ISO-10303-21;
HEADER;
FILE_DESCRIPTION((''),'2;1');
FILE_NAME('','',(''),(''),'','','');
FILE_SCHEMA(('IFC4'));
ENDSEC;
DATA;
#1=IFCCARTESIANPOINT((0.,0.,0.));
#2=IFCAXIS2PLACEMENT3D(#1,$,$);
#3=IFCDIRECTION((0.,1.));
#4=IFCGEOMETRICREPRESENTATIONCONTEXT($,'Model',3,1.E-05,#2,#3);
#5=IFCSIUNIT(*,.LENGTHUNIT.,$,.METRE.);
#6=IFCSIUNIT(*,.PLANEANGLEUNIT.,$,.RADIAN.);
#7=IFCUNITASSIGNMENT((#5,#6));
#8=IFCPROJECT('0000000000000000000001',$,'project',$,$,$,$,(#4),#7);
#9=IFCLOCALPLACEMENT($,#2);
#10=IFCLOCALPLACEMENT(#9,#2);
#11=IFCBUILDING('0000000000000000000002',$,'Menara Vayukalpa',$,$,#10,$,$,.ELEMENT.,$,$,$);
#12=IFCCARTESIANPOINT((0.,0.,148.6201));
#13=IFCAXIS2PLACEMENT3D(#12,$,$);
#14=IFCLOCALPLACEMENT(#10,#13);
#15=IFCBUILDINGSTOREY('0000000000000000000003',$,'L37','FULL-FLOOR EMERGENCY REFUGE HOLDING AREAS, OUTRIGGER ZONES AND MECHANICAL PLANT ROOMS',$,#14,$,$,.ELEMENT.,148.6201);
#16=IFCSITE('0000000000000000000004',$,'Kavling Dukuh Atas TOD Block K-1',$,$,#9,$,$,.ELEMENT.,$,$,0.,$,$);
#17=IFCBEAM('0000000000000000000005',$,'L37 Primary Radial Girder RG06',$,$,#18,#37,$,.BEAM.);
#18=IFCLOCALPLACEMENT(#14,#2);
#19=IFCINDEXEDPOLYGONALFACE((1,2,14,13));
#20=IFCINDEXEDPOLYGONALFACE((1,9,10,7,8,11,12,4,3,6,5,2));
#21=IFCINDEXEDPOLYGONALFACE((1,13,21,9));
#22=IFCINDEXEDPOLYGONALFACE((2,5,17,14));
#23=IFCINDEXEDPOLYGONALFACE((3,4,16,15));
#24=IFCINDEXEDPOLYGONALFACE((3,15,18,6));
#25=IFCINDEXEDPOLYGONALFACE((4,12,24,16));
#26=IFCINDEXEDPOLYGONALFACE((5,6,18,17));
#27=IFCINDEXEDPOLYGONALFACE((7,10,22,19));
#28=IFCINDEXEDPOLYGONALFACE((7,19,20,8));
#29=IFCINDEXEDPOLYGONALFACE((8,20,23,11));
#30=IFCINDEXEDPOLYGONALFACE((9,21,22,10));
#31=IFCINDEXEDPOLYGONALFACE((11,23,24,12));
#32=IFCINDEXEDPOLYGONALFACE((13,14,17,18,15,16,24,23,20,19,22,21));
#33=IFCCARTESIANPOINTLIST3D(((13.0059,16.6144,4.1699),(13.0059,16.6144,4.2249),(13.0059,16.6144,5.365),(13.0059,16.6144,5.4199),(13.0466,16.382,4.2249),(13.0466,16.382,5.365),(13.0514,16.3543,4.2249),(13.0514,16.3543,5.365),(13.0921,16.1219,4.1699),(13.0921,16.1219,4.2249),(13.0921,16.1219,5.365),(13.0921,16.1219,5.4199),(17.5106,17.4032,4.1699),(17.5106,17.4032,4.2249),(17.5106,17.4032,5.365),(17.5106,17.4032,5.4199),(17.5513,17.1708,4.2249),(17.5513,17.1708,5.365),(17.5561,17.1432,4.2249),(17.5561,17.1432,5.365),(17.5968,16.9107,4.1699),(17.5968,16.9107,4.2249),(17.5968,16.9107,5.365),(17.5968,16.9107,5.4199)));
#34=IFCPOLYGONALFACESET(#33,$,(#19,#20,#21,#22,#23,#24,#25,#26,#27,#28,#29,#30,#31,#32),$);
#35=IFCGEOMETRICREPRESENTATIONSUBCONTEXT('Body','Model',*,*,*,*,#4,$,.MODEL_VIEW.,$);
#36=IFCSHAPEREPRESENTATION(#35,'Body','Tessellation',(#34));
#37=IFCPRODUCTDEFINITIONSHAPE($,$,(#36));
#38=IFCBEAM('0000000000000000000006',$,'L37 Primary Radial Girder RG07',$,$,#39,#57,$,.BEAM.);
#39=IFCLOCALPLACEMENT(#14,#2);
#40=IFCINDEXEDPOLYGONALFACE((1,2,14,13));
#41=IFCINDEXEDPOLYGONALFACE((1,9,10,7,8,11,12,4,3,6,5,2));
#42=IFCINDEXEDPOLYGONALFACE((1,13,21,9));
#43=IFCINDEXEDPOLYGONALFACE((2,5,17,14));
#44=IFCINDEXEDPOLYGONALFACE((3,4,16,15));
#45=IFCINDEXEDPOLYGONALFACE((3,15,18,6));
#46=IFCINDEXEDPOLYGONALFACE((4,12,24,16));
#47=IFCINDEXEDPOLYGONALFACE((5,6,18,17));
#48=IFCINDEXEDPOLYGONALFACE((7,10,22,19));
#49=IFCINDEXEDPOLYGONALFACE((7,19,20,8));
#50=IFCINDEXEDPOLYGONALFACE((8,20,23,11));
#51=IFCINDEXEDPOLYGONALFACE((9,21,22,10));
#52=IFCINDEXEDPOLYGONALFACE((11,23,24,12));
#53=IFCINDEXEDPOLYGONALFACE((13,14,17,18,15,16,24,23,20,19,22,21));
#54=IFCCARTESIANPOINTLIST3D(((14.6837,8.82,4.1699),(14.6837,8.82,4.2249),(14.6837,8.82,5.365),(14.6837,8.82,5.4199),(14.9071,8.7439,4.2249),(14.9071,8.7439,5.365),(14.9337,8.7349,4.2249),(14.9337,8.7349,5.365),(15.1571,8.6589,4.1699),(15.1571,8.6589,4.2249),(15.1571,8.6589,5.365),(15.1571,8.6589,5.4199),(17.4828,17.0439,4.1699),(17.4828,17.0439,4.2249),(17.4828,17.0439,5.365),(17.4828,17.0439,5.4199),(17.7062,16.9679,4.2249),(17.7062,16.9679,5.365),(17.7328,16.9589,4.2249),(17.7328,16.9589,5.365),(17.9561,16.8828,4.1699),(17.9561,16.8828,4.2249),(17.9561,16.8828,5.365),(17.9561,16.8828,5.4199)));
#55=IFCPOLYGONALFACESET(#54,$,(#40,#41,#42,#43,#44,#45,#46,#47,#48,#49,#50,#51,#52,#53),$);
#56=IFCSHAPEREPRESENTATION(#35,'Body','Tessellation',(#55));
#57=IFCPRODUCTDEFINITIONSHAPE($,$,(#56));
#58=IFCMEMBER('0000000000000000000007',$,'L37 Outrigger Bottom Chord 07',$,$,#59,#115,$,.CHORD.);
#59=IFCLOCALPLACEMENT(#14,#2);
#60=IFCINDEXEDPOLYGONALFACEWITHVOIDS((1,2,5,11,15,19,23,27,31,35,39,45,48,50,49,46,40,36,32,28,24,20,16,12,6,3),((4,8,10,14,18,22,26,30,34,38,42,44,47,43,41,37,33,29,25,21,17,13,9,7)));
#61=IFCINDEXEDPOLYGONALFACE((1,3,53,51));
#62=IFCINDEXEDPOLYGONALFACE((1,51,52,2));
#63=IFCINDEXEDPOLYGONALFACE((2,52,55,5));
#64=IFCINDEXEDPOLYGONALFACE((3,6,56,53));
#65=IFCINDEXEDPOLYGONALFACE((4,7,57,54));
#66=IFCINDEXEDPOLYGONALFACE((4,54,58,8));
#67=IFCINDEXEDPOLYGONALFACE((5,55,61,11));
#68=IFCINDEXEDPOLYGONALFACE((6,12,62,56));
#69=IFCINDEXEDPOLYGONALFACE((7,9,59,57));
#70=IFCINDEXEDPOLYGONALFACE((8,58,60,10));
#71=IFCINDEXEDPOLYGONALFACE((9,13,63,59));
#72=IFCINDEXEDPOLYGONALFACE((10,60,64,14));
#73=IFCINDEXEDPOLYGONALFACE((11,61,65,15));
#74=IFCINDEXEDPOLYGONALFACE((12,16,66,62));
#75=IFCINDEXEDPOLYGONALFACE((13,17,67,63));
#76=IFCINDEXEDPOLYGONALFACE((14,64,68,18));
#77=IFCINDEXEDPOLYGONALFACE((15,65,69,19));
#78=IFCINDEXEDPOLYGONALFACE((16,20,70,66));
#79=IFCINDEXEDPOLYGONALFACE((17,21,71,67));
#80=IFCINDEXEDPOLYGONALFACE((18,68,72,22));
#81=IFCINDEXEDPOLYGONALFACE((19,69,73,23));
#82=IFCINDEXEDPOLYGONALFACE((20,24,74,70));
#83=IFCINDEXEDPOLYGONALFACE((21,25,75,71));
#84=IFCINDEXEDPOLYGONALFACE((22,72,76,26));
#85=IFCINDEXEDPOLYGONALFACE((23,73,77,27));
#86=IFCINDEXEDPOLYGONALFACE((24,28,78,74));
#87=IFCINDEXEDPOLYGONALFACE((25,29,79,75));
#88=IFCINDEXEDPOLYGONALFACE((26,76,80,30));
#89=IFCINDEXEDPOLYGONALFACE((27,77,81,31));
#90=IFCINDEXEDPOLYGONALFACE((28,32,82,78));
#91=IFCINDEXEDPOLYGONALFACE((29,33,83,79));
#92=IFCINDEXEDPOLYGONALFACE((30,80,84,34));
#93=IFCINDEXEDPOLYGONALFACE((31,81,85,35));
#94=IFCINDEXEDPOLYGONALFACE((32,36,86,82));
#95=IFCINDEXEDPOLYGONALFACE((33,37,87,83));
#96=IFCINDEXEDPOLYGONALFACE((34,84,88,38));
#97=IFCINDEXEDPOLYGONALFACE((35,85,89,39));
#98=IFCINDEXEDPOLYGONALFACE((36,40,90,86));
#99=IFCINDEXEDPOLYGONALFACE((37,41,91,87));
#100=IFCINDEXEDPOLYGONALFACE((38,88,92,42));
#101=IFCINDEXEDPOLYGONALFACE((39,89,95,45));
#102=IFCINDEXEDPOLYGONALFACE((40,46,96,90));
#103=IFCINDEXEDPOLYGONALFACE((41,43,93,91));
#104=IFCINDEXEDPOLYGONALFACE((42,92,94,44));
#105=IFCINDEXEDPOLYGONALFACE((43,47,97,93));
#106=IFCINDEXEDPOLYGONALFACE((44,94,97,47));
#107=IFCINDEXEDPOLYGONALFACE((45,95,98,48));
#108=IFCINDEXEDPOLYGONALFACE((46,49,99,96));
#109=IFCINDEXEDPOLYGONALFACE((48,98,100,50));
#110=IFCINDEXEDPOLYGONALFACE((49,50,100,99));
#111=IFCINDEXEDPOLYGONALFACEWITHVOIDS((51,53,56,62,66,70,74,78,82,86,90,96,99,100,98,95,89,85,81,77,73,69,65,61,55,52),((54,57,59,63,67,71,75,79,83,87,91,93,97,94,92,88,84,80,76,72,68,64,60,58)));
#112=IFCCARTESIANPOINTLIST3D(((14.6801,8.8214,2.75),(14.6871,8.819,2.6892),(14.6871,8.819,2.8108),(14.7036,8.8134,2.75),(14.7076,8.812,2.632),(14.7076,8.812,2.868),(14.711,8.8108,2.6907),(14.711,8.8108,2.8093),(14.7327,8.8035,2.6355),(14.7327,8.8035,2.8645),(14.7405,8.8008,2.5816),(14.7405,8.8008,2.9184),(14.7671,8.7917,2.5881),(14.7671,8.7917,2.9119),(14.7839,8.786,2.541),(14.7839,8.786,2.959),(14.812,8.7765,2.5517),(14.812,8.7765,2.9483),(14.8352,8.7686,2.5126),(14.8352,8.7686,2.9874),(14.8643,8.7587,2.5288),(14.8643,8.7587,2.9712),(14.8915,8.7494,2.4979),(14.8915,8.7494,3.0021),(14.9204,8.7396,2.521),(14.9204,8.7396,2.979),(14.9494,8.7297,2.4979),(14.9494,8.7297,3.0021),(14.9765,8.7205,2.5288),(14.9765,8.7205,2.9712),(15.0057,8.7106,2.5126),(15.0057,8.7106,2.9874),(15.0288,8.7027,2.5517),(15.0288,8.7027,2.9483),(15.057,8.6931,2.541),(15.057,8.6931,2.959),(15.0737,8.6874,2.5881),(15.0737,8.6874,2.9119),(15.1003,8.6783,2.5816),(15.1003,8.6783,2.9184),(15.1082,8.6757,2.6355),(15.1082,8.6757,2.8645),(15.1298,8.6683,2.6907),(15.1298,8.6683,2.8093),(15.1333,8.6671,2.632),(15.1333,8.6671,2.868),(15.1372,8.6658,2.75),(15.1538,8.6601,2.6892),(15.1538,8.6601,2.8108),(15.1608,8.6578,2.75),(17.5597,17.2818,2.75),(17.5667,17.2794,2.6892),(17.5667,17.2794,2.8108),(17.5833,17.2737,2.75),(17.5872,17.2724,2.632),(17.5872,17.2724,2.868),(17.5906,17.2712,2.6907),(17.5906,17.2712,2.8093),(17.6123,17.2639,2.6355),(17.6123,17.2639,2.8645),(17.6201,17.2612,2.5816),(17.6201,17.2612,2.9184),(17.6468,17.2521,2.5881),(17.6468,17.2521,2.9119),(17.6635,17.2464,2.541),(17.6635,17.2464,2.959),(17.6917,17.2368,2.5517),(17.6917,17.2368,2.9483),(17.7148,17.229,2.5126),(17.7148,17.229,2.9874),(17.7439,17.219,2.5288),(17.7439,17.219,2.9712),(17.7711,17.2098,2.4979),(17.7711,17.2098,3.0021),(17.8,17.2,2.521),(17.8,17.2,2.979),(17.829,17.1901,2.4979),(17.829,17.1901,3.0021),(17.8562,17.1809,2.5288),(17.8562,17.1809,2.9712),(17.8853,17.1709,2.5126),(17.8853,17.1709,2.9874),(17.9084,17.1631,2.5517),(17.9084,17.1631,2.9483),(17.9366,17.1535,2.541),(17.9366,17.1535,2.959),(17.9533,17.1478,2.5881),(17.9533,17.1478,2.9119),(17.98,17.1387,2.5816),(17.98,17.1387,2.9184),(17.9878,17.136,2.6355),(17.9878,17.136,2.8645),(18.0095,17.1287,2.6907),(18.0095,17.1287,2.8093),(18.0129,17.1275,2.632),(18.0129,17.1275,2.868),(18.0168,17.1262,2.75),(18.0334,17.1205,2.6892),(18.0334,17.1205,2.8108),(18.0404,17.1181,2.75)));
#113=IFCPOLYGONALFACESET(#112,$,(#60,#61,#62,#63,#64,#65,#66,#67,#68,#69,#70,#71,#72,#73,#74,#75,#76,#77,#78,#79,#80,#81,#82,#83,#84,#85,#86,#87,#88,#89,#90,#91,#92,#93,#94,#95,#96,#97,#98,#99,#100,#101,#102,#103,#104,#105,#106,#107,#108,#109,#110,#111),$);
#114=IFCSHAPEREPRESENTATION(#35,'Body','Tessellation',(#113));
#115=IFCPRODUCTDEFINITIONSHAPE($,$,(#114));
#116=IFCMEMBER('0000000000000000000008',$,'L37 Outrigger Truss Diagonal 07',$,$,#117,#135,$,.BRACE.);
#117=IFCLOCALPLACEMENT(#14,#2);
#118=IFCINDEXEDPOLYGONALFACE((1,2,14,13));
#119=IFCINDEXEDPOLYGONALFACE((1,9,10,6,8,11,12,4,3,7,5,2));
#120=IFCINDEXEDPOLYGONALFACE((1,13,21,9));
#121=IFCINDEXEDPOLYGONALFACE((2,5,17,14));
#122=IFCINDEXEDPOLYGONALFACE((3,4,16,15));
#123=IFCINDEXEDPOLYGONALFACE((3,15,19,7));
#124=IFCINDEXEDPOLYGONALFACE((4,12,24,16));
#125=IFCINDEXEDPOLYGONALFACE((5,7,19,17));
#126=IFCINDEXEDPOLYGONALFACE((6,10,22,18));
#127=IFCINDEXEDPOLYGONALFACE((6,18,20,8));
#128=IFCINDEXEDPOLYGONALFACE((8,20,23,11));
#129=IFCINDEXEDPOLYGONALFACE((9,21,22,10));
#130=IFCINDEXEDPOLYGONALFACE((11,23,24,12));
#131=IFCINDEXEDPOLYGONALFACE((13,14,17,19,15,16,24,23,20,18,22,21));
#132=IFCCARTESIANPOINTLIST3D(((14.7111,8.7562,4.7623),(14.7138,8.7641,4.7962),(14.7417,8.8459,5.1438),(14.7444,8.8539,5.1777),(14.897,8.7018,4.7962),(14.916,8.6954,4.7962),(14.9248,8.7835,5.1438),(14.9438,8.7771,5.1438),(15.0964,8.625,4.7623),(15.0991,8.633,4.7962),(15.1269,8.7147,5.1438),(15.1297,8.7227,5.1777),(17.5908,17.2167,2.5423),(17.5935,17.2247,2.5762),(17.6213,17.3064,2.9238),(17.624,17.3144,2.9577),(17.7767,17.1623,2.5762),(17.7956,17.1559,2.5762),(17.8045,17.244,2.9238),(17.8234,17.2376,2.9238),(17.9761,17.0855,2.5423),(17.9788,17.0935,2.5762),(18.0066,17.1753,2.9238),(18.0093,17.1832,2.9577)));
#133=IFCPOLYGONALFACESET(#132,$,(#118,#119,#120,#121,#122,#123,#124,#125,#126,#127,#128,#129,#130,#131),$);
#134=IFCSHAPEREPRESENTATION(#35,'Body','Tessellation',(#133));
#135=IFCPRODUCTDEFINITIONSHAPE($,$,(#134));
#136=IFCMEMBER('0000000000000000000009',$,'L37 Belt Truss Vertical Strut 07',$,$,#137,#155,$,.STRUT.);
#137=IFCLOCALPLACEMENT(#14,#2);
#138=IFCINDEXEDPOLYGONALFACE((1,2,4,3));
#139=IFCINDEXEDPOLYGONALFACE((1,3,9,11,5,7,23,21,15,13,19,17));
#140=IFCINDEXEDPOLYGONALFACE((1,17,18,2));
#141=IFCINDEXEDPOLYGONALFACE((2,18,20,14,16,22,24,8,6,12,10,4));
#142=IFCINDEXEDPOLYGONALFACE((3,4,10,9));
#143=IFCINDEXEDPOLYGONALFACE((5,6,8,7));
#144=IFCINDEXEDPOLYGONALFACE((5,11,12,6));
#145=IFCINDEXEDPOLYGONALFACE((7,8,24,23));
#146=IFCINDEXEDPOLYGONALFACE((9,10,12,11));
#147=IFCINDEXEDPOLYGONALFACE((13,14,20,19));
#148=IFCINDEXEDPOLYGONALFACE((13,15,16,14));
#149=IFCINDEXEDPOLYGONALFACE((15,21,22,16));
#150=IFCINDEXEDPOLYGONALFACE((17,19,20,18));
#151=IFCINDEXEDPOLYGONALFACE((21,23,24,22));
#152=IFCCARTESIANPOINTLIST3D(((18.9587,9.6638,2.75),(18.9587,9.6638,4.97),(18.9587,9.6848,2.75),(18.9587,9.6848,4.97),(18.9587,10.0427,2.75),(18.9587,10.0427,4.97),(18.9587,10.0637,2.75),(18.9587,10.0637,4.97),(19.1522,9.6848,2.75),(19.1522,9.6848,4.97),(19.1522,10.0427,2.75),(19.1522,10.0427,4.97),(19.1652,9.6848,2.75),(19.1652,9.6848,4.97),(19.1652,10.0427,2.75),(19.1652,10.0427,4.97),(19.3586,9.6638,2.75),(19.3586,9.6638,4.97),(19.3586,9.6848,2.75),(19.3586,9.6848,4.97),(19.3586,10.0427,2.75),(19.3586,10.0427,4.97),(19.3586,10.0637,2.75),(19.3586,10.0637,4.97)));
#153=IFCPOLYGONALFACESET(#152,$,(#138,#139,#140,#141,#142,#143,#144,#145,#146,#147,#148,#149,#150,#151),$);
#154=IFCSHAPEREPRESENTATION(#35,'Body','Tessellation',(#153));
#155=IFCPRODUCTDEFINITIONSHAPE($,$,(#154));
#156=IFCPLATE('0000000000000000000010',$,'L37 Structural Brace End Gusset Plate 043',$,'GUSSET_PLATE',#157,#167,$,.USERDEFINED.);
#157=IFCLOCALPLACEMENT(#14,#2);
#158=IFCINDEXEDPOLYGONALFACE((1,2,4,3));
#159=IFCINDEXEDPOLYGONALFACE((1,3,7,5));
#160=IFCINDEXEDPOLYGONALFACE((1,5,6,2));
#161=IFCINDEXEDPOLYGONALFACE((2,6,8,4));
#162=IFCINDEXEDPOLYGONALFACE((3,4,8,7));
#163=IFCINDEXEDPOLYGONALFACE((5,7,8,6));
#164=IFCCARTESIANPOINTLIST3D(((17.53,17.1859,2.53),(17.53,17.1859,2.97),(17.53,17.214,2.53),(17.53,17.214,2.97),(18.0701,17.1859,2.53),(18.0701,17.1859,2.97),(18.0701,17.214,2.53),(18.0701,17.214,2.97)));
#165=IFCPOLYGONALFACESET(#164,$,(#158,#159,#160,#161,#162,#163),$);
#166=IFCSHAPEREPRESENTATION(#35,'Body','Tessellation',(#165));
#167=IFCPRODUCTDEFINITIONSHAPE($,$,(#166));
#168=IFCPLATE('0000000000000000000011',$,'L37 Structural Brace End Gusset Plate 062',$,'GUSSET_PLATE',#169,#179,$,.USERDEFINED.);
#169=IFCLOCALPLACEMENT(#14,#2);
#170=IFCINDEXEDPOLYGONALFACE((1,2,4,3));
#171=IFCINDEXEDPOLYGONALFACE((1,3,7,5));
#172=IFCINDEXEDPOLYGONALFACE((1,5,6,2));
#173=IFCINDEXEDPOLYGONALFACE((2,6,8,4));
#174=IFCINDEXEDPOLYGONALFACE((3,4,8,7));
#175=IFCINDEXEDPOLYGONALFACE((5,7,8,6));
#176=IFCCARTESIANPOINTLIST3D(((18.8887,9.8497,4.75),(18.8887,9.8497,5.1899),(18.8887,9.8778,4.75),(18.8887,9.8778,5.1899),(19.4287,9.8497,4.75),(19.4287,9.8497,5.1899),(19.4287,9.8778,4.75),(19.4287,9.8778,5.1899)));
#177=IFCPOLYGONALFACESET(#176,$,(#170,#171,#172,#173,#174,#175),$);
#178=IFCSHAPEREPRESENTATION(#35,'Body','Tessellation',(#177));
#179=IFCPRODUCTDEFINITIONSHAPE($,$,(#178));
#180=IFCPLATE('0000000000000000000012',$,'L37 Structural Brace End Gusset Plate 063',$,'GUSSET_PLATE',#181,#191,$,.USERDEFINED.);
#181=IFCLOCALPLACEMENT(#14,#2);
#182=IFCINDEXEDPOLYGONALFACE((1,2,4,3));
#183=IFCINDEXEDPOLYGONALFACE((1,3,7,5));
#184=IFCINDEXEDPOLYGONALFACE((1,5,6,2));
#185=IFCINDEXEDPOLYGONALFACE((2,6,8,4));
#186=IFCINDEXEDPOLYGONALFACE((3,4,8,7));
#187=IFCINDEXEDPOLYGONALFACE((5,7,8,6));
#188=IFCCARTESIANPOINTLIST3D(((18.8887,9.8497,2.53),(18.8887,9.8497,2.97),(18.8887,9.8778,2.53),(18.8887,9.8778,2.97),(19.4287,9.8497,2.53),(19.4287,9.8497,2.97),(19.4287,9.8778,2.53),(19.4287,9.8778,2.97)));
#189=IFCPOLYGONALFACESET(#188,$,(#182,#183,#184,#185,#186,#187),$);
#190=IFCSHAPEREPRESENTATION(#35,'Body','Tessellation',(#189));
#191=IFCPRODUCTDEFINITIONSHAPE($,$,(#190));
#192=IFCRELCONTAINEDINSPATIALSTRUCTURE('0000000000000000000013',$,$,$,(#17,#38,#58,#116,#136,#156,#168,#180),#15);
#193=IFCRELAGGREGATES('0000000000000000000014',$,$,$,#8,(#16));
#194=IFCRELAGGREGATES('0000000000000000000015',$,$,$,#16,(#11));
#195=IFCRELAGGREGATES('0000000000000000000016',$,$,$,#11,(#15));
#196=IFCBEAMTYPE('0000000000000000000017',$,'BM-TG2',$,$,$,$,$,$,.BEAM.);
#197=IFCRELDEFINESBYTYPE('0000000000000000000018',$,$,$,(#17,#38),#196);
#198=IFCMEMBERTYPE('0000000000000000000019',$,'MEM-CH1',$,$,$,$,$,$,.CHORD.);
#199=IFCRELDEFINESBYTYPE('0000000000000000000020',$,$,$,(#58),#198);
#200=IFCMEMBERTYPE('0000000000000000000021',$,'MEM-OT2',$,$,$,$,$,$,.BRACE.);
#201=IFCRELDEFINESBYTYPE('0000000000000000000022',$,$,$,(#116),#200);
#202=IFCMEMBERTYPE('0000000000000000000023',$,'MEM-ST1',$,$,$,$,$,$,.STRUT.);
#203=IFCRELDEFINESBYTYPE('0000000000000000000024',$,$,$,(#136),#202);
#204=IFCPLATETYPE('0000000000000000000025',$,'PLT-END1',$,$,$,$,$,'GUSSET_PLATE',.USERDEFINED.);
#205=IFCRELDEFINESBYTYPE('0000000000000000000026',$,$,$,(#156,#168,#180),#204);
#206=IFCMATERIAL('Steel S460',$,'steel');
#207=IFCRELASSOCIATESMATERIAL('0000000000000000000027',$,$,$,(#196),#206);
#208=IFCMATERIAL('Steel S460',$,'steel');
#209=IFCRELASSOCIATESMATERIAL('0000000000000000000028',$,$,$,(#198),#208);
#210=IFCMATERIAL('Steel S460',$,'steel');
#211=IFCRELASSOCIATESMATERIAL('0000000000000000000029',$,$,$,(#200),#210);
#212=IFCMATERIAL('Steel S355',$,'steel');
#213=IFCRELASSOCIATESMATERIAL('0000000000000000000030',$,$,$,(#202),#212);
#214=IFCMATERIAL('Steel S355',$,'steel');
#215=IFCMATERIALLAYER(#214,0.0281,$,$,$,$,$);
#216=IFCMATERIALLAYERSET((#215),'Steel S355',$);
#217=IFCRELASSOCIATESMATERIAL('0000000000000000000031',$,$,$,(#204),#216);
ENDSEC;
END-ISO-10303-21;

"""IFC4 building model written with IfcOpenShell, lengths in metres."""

from ifc_helpers import new_model, si_unit, direction, frame, origin, origin_2d, place, context, subcontext, project, spatial, rectangle, hollow_circle, i_section, extrude, material, layer, layer_set, material_profile, profile_set, type_object, element, save


model = new_model("IFC4")

# Units and contexts
model_context = context("Model", 3, precision=1e-05, world=origin(), true_north=direction((0.0, 1.0)))
body_context = subcontext(model_context, "Body", "Model", "MODEL_VIEW")
ifc_project = project(units=[si_unit("LENGTHUNIT", "METRE"), si_unit("PLANEANGLEUNIT", "RADIAN")], contexts=[model_context])

# Site, building, storey
site_placement = place(None, origin())
site = spatial("IfcSite", under=ifc_project, at=site_placement, Name="Kavling Dukuh Atas TOD Block K-1", CompositionType="ELEMENT", RefElevation=0.0)
building_placement = place(site_placement, origin())
building = spatial("IfcBuilding", under=site, at=building_placement, Name="Menara Vayukalpa", CompositionType="ELEMENT")
storey_placement = place(building_placement, frame((0.0, 0.0, 148.6201)))
storey = spatial("IfcBuildingStorey", under=building, at=storey_placement, Name="L37", Description="FULL-FLOOR EMERGENCY REFUGE HOLDING AREAS, OUTRIGGER ZONES AND MECHANICAL PLANT ROOMS", CompositionType="ELEMENT", Elevation=148.6201)

# Beams
ifc_material_1 = material(Name="Steel S460", Category="steel")
ifc_material_profile_1 = material_profile(ifc_material_1, i_section(OverallWidth=0.5, OverallDepth=1.25, WebThickness=0.0281, FlangeThickness=0.0549, at=origin_2d()), Name="WG 1250x500x28x55")
ifc_profile_set_1 = profile_set([ifc_material_profile_1], Name="Steel S460")
beam_type_1 = type_object("IfcBeamType", Name="BM-TG2", PredefinedType="BEAM", material=ifc_profile_set_1)
beam_1_placement = place(storey_placement, frame((17.5537, 17.157, 4.7949), z_axis=(-0.985012, -0.172488, 0.0), x_axis=(0.172488, -0.985012, 0.0)))
element("IfcBeam", 1, at=beam_1_placement, inside=storey, type_object=beam_type_1, Name="L37 Primary Radial Girder RG06", PredefinedType="BEAM", context=body_context, shape_type="SweptSolid", body=[
    extrude(i_section(OverallWidth=0.5, OverallDepth=1.25, WebThickness=0.0281, FlangeThickness=0.0549, at=origin_2d()), origin(), (0.0, 0.0, 1.0), 4.5732),
])
beam_2_placement = place(storey_placement, frame((17.7195, 16.9634, 4.7949), z_axis=(-0.322208, -0.946669, 0.0), x_axis=(0.946669, -0.322208, 0.0)))
element("IfcBeam", 2, at=beam_2_placement, inside=storey, type_object=beam_type_1, Name="L37 Primary Radial Girder RG07", PredefinedType="BEAM", context=body_context, shape_type="SweptSolid", body=[
    extrude(i_section(OverallWidth=0.5, OverallDepth=1.25, WebThickness=0.0281, FlangeThickness=0.0549, at=origin_2d()), origin(), (0.0, 0.0, 1.0), 8.6873),
])

# Members
ifc_material_2 = material(Name="Steel S460", Category="steel")
ifc_material_profile_2 = material_profile(ifc_material_2, hollow_circle(Radius=0.2539, WallThickness=0.0249, at=origin_2d()), Name="CHS 508.0x25")
ifc_profile_set_2 = profile_set([ifc_material_profile_2], Name="Steel S460")
member_type_1 = type_object("IfcMemberType", Name="MEM-CH1", PredefinedType="CHORD", material=ifc_profile_set_2)
member_1_placement = place(storey_placement, frame((17.8, 17.2, 2.75), z_axis=(-0.322212, -0.946667, 0.0), x_axis=(0.946667, -0.322212, 0.0)))
element("IfcMember", 3, at=member_1_placement, inside=storey, type_object=member_type_1, Name="L37 Outrigger Bottom Chord 07", PredefinedType="CHORD", context=body_context, shape_type="SweptSolid", body=[
    extrude(hollow_circle(Radius=0.2539, WallThickness=0.0249, at=origin_2d()), origin(), (0.0, 0.0, 1.0), 8.937),
])
ifc_material_3 = material(Name="Steel S460", Category="steel")
ifc_material_profile_3 = material_profile(ifc_material_3, i_section(OverallWidth=0.407, OverallDepth=0.428, WebThickness=0.02, FlangeThickness=0.0349, at=origin_2d()), Name="H 428x407x20x35")
ifc_profile_set_3 = profile_set([ifc_material_profile_3], Name="Steel S460")
member_type_2 = type_object("IfcMemberType", Name="MEM-OT2", PredefinedType="BRACE", material=ifc_profile_set_3)
member_2_placement = place(storey_placement, frame((17.8, 17.2, 2.75), z_axis=(-0.312709, -0.918747, 0.241074), x_axis=(0.946667, -0.322212, 0.0)))
element("IfcMember", 4, at=member_2_placement, inside=storey, type_object=member_type_2, Name="L37 Outrigger Truss Diagonal 07", PredefinedType="BRACE", context=body_context, shape_type="SweptSolid", body=[
    extrude(i_section(OverallWidth=0.407, OverallDepth=0.428, WebThickness=0.02, FlangeThickness=0.0349, at=origin_2d()), origin(), (0.0, 0.0, 1.0), 9.2087),
])
ifc_material_4 = material(Name="Steel S355", Category="steel")
ifc_material_profile_4 = material_profile(ifc_material_4, i_section(OverallWidth=0.3999, OverallDepth=0.3999, WebThickness=0.0129, FlangeThickness=0.021, at=origin_2d()), Name="H 400x400x13x21")
ifc_profile_set_4 = profile_set([ifc_material_profile_4], Name="Steel S355")
member_type_3 = type_object("IfcMemberType", Name="MEM-ST1", PredefinedType="STRUT", material=ifc_profile_set_4)
member_3_placement = place(storey_placement, frame((19.1587, 9.8638, 2.75), z_axis=(0.0, 0.0, 1.0), x_axis=(1.0, 0.0, 0.0)))
element("IfcMember", 5, at=member_3_placement, inside=storey, type_object=member_type_3, Name="L37 Belt Truss Vertical Strut 07", PredefinedType="STRUT", context=body_context, shape_type="SweptSolid", body=[
    extrude(i_section(OverallWidth=0.3999, OverallDepth=0.3999, WebThickness=0.0129, FlangeThickness=0.021, at=origin_2d()), origin(), (0.0, 0.0, 1.0), 2.22),
])

# Plates
ifc_material_5 = material(Name="Steel S355", Category="steel")
ifc_layer_1 = layer(ifc_material_5, 0.0281)
ifc_layer_set_1 = layer_set([ifc_layer_1], Name="Steel S355")
plate_type = type_object("IfcPlateType", Name="PLT-END1", ElementType="GUSSET_PLATE", PredefinedType="USERDEFINED", material=ifc_layer_set_1)
for number, where, z_axis, x_axis, name in (
    (6, (17.8, 17.2, 2.53), (0.0, 0.0, 1.0), (1.0, 0.0, 0.0), "L37 Structural Brace End Gusset Plate 043"),
    (7, (19.1587, 9.8638, 4.75), (0.0, 0.0, 1.0), (1.0, 0.0, 0.0), "L37 Structural Brace End Gusset Plate 062"),
    (8, (19.1587, 9.8638, 2.53), (0.0, 0.0, 1.0), (1.0, 0.0, 0.0), "L37 Structural Brace End Gusset Plate 063"),
):
    element("IfcPlate", number, at=place(storey_placement, frame(where, z_axis=z_axis, x_axis=x_axis)), inside=storey, type_object=plate_type, Name=name, ObjectType="GUSSET_PLATE", PredefinedType="USERDEFINED", context=body_context, shape_type="SweptSolid", body=[
        extrude(rectangle(XDim=0.54, YDim=0.0281, at=origin_2d()), origin(), (0.0, 0.0, 1.0), 0.4399),
    ])

save(model, "model.ifc")
